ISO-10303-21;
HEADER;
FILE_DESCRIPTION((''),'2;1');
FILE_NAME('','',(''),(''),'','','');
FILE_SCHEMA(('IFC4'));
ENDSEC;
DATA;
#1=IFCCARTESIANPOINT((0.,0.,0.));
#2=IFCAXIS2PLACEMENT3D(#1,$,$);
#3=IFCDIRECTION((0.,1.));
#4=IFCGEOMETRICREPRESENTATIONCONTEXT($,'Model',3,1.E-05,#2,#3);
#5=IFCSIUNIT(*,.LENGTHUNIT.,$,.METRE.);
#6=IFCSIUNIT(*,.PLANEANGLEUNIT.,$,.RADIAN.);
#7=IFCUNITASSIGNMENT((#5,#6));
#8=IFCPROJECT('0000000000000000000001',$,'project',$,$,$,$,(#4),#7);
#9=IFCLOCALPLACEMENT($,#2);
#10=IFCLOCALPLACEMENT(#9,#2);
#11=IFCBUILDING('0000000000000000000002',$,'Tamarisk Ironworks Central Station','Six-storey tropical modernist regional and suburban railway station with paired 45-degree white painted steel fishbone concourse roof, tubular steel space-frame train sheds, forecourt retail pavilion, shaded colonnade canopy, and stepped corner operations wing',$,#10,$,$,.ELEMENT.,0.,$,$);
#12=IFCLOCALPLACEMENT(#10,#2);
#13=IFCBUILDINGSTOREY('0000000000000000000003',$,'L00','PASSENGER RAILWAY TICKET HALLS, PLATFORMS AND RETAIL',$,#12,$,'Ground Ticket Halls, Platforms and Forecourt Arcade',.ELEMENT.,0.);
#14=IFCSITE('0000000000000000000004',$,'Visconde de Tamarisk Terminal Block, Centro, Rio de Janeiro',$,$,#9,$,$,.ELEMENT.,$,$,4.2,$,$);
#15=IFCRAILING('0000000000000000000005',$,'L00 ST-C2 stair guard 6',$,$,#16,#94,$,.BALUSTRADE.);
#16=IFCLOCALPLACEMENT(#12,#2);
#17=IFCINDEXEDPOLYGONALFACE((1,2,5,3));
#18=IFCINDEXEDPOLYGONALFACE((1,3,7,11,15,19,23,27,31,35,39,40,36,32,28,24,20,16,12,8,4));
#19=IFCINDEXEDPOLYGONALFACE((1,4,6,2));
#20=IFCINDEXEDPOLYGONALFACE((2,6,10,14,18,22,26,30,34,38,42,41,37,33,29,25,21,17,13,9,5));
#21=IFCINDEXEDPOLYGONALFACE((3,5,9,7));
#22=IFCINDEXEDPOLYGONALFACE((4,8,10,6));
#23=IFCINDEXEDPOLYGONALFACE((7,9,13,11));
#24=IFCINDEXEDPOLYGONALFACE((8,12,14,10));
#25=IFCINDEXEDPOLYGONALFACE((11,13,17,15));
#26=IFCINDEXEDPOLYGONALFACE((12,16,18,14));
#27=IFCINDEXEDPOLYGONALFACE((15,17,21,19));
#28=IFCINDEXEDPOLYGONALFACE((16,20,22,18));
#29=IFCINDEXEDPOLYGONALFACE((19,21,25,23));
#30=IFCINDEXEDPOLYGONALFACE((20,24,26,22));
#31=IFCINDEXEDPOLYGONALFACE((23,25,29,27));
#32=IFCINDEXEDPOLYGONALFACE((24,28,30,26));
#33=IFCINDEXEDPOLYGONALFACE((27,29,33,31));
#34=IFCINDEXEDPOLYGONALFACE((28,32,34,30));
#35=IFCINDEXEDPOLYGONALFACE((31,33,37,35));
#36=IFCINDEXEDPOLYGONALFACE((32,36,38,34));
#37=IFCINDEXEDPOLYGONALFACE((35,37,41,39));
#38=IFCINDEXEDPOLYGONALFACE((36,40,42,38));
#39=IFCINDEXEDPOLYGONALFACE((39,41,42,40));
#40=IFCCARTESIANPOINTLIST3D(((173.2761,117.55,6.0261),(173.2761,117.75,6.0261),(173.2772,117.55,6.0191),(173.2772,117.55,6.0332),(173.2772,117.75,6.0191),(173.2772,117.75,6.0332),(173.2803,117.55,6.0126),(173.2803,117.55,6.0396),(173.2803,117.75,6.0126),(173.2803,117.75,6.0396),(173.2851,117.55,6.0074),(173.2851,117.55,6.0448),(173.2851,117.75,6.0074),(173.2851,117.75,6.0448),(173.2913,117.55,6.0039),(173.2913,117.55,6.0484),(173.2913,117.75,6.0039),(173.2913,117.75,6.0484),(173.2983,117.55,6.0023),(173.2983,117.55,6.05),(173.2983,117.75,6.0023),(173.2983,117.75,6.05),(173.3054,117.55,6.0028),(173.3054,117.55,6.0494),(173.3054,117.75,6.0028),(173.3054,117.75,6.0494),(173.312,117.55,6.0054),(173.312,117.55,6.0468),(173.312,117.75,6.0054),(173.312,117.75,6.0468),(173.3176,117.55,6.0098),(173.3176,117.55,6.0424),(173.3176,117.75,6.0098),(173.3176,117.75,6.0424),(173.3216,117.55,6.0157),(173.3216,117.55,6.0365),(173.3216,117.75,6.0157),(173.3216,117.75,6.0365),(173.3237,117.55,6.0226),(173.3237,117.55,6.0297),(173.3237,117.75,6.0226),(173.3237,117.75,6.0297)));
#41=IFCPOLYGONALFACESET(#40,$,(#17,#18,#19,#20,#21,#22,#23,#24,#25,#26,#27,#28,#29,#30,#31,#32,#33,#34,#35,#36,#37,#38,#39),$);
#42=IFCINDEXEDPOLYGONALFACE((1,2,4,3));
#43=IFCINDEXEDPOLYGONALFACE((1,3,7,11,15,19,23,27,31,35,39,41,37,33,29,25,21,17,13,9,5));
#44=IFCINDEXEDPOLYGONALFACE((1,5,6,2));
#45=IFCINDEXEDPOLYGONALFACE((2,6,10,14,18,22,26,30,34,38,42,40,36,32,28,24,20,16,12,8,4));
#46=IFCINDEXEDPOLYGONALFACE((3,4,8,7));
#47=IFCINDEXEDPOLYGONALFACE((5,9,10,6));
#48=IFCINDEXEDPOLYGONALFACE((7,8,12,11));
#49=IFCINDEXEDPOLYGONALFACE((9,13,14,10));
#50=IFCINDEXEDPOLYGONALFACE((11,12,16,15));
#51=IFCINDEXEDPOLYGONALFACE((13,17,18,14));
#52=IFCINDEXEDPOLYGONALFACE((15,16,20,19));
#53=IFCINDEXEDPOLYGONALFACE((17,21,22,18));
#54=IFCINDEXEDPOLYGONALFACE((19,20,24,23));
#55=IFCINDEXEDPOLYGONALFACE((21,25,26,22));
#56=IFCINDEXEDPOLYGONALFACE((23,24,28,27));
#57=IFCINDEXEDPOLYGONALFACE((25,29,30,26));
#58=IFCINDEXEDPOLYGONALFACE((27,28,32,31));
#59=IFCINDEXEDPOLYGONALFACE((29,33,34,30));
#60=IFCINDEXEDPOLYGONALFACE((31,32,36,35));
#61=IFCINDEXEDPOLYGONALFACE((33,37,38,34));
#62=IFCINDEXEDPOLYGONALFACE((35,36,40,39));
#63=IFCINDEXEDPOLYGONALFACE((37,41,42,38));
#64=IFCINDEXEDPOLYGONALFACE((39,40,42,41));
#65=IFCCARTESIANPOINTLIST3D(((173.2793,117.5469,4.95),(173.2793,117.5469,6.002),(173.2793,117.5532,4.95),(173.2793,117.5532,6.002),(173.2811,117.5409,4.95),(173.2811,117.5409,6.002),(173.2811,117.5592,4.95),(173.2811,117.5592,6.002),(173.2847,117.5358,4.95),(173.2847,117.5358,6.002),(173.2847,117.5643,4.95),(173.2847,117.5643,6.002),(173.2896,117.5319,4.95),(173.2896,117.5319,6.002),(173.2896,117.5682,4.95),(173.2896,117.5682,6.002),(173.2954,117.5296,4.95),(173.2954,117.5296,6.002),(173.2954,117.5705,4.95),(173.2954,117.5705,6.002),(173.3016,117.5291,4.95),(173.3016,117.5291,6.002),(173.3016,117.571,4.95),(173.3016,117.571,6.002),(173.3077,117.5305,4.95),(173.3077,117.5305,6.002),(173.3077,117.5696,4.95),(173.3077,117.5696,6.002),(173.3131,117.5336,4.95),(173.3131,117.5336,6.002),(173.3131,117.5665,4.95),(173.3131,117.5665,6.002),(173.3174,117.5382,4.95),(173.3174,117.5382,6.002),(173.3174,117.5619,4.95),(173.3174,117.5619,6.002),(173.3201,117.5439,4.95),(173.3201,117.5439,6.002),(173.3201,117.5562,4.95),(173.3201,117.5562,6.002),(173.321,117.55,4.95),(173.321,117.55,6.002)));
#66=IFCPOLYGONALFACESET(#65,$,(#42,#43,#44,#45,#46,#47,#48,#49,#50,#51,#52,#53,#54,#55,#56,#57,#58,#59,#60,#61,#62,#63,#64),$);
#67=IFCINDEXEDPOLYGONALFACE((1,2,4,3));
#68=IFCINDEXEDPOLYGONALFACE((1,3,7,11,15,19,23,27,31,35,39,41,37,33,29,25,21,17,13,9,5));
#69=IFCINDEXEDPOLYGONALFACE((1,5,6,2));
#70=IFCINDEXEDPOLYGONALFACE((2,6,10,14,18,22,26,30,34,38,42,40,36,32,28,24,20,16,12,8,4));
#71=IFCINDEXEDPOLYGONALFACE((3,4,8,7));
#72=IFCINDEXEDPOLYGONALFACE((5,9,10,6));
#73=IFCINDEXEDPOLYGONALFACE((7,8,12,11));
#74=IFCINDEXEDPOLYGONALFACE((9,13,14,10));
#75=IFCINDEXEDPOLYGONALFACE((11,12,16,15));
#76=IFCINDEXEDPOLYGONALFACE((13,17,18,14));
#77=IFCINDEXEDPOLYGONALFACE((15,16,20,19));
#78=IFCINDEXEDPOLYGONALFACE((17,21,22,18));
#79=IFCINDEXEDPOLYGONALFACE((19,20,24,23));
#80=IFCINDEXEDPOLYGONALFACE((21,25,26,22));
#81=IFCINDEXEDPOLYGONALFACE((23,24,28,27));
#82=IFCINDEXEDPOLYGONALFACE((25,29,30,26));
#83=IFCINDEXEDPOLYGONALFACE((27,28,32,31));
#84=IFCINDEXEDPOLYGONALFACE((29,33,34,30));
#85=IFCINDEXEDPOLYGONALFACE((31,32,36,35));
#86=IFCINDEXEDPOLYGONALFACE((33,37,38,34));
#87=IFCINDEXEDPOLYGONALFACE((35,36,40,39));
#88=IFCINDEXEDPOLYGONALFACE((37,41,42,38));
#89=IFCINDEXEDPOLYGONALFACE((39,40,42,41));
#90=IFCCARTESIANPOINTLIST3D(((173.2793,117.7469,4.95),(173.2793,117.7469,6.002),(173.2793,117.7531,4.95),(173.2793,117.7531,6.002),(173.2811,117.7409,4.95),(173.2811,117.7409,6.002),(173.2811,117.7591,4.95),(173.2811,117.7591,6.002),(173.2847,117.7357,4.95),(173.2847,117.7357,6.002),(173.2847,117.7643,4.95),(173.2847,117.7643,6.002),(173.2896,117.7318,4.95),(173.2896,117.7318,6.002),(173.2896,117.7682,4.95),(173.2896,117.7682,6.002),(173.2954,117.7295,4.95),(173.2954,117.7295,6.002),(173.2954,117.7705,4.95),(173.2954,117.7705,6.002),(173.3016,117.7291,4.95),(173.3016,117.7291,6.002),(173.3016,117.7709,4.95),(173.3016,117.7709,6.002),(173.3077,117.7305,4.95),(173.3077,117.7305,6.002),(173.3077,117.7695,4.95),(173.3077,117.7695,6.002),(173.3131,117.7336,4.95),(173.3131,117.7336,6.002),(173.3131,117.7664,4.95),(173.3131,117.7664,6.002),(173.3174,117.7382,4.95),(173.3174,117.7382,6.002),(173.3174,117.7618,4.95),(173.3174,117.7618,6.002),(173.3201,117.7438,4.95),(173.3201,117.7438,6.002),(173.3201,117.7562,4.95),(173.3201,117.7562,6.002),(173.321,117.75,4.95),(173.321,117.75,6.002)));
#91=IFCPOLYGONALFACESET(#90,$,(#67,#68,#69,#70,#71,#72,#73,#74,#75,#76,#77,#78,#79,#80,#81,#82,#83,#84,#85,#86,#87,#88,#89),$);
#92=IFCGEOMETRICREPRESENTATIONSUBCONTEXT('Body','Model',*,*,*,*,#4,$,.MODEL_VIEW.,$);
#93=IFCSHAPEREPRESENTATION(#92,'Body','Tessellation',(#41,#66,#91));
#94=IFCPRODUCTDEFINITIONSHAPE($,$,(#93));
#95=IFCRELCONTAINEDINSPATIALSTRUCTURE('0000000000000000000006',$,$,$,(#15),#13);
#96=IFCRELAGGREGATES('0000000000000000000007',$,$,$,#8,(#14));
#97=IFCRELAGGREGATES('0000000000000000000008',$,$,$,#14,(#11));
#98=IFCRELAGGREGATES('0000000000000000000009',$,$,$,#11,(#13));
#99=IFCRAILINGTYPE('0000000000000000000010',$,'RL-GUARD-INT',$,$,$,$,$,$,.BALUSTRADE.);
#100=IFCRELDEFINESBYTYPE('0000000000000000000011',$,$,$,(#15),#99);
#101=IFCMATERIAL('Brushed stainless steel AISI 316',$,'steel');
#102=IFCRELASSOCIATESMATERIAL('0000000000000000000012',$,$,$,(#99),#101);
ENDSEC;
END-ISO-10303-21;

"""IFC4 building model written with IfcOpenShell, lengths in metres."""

from ifc_helpers import new_model, si_unit, direction, frame, origin, origin_2d, place, context, subcontext, project, spatial, circle, extrude, material, type_object, element, save


model = new_model("IFC4")

# Units and contexts
model_context = context("Model", 3, precision=1e-05, world=origin(), true_north=direction((0.0, 1.0)))
body_context = subcontext(model_context, "Body", "Model", "MODEL_VIEW")
ifc_project = project(units=[si_unit("LENGTHUNIT", "METRE"), si_unit("PLANEANGLEUNIT", "RADIAN")], contexts=[model_context])

# Site, building, storey
site_placement = place(None, origin())
site = spatial("IfcSite", under=ifc_project, at=site_placement, Name="Visconde de Tamarisk Terminal Block, Centro, Rio de Janeiro", CompositionType="ELEMENT", RefElevation=4.2)
building_placement = place(site_placement, origin())
building = spatial("IfcBuilding", under=site, at=building_placement, Name="Tamarisk Ironworks Central Station", Description="Six-storey tropical modernist regional and suburban railway station with paired 45-degree white painted steel fishbone concourse roof, tubular steel space-frame train sheds, forecourt retail pavilion, shaded colonnade canopy, and stepped corner operations wing", CompositionType="ELEMENT", ElevationOfRefHeight=0.0)
storey_placement = place(building_placement, origin())
storey = spatial("IfcBuildingStorey", under=building, at=storey_placement, Name="L00", Description="PASSENGER RAILWAY TICKET HALLS, PLATFORMS AND RETAIL", LongName="Ground Ticket Halls, Platforms and Forecourt Arcade", CompositionType="ELEMENT", Elevation=0.0)

# Railing
ifc_material_1 = material(Name="Brushed stainless steel AISI 316", Category="steel")
railing_type_1 = type_object("IfcRailingType", Name="RL-GUARD-INT", PredefinedType="BALUSTRADE", material=ifc_material_1)
for number, where, name in (
    (1, (173.3, 117.55, 4.95), "L00 ST-C2 stair guard 6"),
):
    element("IfcRailing", number, at=place(storey_placement, frame(where)), inside=storey, type_object=railing_type_1, Name=name, PredefinedType="BALUSTRADE", context=body_context, shape_type="SweptSolid", body=[
        extrude(circle(Radius=0.0239, at=origin_2d()), frame((0.0, 0.0, 1.0762), z_axis=(0.0, 1.0, 0.0), x_axis=(-1.0, 0.0, 0.0)), (0.0, 0.0, 1.0), 0.2),
        extrude(circle(Radius=0.021, at=origin_2d()), origin(), (0.0, 0.0, 1.0), 1.052),
        extrude(circle(Radius=0.021, at=origin_2d()), frame((0.0, 0.2, 0.0)), (0.0, 0.0, 1.0), 1.052),
    ])

save(model, "model.ifc")
